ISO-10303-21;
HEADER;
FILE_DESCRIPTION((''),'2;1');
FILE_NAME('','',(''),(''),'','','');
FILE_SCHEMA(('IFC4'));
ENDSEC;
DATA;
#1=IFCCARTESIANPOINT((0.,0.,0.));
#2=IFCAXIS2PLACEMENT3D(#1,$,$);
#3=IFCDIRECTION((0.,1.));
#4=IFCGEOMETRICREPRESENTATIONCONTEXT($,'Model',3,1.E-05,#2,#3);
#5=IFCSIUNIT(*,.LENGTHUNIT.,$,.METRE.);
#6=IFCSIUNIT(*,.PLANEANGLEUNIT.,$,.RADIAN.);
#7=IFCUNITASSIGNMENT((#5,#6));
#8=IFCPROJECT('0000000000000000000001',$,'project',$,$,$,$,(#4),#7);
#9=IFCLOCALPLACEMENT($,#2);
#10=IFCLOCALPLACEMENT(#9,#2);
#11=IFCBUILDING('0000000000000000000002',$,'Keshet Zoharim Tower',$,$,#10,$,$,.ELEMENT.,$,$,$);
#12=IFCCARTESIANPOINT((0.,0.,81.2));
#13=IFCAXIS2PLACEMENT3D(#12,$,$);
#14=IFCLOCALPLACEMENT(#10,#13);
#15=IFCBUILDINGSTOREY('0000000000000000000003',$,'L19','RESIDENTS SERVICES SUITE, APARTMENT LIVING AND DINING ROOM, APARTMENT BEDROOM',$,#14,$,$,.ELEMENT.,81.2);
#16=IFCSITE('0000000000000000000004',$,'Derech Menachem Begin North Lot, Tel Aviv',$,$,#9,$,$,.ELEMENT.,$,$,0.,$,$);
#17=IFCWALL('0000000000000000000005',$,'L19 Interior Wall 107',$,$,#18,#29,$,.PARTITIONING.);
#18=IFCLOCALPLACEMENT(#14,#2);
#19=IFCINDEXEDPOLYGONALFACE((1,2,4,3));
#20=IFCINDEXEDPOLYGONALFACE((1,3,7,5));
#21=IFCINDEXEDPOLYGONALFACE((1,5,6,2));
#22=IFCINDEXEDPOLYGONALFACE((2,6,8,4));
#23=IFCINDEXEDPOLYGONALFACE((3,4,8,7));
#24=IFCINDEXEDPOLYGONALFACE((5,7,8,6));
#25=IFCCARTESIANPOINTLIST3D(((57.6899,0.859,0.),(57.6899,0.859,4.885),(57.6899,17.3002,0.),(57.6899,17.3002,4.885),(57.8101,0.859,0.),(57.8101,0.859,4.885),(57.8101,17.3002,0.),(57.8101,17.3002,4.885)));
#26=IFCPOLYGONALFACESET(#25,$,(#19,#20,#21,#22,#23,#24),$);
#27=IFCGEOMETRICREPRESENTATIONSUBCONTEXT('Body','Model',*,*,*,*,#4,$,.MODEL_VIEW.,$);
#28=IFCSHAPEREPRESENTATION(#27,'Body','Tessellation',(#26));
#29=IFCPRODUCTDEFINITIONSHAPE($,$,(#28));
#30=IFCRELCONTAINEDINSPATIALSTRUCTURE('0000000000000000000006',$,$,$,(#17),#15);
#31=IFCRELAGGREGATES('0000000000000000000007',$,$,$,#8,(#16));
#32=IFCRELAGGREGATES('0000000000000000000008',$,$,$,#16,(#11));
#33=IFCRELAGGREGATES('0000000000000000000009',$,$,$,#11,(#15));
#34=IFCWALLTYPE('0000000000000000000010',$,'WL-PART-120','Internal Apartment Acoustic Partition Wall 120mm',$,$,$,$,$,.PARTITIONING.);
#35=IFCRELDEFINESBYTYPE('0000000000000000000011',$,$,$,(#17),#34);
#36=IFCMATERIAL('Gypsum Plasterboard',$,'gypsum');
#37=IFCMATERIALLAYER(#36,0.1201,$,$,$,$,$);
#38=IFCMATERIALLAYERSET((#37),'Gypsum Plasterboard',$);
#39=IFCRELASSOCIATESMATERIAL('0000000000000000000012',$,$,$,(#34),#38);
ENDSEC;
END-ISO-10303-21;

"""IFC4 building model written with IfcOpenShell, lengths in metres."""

from ifc_helpers import new_model, si_unit, direction, frame, frame_2d, origin, place, context, subcontext, project, spatial, rectangle, extrude, material, layer, layer_set, type_object, element, save


model = new_model("IFC4")

# Units and contexts
model_context = context("Model", 3, precision=1e-05, world=origin(), true_north=direction((0.0, 1.0)))
body_context = subcontext(model_context, "Body", "Model", "MODEL_VIEW")
ifc_project = project(units=[si_unit("LENGTHUNIT", "METRE"), si_unit("PLANEANGLEUNIT", "RADIAN")], contexts=[model_context])

# Site, building, storey
site_placement = place(None, origin())
site = spatial("IfcSite", under=ifc_project, at=site_placement, Name="Derech Menachem Begin North Lot, Tel Aviv", CompositionType="ELEMENT", RefElevation=0.0)
building_placement = place(site_placement, origin())
building = spatial("IfcBuilding", under=site, at=building_placement, Name="Keshet Zoharim Tower", CompositionType="ELEMENT")
storey_placement = place(building_placement, frame((0.0, 0.0, 81.2)))
storey = spatial("IfcBuildingStorey", under=building, at=storey_placement, Name="L19", Description="RESIDENTS SERVICES SUITE, APARTMENT LIVING AND DINING ROOM, APARTMENT BEDROOM", CompositionType="ELEMENT", Elevation=81.2)

# Wall
ifc_material_1 = material(Name="Gypsum Plasterboard", Category="gypsum")
ifc_layer_1 = layer(ifc_material_1, 0.1201)
ifc_layer_set_1 = layer_set([ifc_layer_1], Name="Gypsum Plasterboard")
wall_type = type_object("IfcWallType", Name="WL-PART-120", Description="Internal Apartment Acoustic Partition Wall 120mm", PredefinedType="PARTITIONING", material=ifc_layer_set_1)
wall_1_placement = place(storey_placement, frame((57.75, 0.8589, 0.0), z_axis=(0.0, 0.0, 1.0), x_axis=(0.0, 1.0, 0.0)))
element("IfcWall", 1, at=wall_1_placement, inside=storey, type_object=wall_type, Name="L19 Interior Wall 107", PredefinedType="PARTITIONING", context=body_context, shape_type="SweptSolid", body=[
    extrude(rectangle(XDim=16.4412, YDim=0.1201, at=frame_2d((8.2207, 0.0))), origin(), (0.0, 0.0, 1.0), 4.885),
])

save(model, "model.ifc")
